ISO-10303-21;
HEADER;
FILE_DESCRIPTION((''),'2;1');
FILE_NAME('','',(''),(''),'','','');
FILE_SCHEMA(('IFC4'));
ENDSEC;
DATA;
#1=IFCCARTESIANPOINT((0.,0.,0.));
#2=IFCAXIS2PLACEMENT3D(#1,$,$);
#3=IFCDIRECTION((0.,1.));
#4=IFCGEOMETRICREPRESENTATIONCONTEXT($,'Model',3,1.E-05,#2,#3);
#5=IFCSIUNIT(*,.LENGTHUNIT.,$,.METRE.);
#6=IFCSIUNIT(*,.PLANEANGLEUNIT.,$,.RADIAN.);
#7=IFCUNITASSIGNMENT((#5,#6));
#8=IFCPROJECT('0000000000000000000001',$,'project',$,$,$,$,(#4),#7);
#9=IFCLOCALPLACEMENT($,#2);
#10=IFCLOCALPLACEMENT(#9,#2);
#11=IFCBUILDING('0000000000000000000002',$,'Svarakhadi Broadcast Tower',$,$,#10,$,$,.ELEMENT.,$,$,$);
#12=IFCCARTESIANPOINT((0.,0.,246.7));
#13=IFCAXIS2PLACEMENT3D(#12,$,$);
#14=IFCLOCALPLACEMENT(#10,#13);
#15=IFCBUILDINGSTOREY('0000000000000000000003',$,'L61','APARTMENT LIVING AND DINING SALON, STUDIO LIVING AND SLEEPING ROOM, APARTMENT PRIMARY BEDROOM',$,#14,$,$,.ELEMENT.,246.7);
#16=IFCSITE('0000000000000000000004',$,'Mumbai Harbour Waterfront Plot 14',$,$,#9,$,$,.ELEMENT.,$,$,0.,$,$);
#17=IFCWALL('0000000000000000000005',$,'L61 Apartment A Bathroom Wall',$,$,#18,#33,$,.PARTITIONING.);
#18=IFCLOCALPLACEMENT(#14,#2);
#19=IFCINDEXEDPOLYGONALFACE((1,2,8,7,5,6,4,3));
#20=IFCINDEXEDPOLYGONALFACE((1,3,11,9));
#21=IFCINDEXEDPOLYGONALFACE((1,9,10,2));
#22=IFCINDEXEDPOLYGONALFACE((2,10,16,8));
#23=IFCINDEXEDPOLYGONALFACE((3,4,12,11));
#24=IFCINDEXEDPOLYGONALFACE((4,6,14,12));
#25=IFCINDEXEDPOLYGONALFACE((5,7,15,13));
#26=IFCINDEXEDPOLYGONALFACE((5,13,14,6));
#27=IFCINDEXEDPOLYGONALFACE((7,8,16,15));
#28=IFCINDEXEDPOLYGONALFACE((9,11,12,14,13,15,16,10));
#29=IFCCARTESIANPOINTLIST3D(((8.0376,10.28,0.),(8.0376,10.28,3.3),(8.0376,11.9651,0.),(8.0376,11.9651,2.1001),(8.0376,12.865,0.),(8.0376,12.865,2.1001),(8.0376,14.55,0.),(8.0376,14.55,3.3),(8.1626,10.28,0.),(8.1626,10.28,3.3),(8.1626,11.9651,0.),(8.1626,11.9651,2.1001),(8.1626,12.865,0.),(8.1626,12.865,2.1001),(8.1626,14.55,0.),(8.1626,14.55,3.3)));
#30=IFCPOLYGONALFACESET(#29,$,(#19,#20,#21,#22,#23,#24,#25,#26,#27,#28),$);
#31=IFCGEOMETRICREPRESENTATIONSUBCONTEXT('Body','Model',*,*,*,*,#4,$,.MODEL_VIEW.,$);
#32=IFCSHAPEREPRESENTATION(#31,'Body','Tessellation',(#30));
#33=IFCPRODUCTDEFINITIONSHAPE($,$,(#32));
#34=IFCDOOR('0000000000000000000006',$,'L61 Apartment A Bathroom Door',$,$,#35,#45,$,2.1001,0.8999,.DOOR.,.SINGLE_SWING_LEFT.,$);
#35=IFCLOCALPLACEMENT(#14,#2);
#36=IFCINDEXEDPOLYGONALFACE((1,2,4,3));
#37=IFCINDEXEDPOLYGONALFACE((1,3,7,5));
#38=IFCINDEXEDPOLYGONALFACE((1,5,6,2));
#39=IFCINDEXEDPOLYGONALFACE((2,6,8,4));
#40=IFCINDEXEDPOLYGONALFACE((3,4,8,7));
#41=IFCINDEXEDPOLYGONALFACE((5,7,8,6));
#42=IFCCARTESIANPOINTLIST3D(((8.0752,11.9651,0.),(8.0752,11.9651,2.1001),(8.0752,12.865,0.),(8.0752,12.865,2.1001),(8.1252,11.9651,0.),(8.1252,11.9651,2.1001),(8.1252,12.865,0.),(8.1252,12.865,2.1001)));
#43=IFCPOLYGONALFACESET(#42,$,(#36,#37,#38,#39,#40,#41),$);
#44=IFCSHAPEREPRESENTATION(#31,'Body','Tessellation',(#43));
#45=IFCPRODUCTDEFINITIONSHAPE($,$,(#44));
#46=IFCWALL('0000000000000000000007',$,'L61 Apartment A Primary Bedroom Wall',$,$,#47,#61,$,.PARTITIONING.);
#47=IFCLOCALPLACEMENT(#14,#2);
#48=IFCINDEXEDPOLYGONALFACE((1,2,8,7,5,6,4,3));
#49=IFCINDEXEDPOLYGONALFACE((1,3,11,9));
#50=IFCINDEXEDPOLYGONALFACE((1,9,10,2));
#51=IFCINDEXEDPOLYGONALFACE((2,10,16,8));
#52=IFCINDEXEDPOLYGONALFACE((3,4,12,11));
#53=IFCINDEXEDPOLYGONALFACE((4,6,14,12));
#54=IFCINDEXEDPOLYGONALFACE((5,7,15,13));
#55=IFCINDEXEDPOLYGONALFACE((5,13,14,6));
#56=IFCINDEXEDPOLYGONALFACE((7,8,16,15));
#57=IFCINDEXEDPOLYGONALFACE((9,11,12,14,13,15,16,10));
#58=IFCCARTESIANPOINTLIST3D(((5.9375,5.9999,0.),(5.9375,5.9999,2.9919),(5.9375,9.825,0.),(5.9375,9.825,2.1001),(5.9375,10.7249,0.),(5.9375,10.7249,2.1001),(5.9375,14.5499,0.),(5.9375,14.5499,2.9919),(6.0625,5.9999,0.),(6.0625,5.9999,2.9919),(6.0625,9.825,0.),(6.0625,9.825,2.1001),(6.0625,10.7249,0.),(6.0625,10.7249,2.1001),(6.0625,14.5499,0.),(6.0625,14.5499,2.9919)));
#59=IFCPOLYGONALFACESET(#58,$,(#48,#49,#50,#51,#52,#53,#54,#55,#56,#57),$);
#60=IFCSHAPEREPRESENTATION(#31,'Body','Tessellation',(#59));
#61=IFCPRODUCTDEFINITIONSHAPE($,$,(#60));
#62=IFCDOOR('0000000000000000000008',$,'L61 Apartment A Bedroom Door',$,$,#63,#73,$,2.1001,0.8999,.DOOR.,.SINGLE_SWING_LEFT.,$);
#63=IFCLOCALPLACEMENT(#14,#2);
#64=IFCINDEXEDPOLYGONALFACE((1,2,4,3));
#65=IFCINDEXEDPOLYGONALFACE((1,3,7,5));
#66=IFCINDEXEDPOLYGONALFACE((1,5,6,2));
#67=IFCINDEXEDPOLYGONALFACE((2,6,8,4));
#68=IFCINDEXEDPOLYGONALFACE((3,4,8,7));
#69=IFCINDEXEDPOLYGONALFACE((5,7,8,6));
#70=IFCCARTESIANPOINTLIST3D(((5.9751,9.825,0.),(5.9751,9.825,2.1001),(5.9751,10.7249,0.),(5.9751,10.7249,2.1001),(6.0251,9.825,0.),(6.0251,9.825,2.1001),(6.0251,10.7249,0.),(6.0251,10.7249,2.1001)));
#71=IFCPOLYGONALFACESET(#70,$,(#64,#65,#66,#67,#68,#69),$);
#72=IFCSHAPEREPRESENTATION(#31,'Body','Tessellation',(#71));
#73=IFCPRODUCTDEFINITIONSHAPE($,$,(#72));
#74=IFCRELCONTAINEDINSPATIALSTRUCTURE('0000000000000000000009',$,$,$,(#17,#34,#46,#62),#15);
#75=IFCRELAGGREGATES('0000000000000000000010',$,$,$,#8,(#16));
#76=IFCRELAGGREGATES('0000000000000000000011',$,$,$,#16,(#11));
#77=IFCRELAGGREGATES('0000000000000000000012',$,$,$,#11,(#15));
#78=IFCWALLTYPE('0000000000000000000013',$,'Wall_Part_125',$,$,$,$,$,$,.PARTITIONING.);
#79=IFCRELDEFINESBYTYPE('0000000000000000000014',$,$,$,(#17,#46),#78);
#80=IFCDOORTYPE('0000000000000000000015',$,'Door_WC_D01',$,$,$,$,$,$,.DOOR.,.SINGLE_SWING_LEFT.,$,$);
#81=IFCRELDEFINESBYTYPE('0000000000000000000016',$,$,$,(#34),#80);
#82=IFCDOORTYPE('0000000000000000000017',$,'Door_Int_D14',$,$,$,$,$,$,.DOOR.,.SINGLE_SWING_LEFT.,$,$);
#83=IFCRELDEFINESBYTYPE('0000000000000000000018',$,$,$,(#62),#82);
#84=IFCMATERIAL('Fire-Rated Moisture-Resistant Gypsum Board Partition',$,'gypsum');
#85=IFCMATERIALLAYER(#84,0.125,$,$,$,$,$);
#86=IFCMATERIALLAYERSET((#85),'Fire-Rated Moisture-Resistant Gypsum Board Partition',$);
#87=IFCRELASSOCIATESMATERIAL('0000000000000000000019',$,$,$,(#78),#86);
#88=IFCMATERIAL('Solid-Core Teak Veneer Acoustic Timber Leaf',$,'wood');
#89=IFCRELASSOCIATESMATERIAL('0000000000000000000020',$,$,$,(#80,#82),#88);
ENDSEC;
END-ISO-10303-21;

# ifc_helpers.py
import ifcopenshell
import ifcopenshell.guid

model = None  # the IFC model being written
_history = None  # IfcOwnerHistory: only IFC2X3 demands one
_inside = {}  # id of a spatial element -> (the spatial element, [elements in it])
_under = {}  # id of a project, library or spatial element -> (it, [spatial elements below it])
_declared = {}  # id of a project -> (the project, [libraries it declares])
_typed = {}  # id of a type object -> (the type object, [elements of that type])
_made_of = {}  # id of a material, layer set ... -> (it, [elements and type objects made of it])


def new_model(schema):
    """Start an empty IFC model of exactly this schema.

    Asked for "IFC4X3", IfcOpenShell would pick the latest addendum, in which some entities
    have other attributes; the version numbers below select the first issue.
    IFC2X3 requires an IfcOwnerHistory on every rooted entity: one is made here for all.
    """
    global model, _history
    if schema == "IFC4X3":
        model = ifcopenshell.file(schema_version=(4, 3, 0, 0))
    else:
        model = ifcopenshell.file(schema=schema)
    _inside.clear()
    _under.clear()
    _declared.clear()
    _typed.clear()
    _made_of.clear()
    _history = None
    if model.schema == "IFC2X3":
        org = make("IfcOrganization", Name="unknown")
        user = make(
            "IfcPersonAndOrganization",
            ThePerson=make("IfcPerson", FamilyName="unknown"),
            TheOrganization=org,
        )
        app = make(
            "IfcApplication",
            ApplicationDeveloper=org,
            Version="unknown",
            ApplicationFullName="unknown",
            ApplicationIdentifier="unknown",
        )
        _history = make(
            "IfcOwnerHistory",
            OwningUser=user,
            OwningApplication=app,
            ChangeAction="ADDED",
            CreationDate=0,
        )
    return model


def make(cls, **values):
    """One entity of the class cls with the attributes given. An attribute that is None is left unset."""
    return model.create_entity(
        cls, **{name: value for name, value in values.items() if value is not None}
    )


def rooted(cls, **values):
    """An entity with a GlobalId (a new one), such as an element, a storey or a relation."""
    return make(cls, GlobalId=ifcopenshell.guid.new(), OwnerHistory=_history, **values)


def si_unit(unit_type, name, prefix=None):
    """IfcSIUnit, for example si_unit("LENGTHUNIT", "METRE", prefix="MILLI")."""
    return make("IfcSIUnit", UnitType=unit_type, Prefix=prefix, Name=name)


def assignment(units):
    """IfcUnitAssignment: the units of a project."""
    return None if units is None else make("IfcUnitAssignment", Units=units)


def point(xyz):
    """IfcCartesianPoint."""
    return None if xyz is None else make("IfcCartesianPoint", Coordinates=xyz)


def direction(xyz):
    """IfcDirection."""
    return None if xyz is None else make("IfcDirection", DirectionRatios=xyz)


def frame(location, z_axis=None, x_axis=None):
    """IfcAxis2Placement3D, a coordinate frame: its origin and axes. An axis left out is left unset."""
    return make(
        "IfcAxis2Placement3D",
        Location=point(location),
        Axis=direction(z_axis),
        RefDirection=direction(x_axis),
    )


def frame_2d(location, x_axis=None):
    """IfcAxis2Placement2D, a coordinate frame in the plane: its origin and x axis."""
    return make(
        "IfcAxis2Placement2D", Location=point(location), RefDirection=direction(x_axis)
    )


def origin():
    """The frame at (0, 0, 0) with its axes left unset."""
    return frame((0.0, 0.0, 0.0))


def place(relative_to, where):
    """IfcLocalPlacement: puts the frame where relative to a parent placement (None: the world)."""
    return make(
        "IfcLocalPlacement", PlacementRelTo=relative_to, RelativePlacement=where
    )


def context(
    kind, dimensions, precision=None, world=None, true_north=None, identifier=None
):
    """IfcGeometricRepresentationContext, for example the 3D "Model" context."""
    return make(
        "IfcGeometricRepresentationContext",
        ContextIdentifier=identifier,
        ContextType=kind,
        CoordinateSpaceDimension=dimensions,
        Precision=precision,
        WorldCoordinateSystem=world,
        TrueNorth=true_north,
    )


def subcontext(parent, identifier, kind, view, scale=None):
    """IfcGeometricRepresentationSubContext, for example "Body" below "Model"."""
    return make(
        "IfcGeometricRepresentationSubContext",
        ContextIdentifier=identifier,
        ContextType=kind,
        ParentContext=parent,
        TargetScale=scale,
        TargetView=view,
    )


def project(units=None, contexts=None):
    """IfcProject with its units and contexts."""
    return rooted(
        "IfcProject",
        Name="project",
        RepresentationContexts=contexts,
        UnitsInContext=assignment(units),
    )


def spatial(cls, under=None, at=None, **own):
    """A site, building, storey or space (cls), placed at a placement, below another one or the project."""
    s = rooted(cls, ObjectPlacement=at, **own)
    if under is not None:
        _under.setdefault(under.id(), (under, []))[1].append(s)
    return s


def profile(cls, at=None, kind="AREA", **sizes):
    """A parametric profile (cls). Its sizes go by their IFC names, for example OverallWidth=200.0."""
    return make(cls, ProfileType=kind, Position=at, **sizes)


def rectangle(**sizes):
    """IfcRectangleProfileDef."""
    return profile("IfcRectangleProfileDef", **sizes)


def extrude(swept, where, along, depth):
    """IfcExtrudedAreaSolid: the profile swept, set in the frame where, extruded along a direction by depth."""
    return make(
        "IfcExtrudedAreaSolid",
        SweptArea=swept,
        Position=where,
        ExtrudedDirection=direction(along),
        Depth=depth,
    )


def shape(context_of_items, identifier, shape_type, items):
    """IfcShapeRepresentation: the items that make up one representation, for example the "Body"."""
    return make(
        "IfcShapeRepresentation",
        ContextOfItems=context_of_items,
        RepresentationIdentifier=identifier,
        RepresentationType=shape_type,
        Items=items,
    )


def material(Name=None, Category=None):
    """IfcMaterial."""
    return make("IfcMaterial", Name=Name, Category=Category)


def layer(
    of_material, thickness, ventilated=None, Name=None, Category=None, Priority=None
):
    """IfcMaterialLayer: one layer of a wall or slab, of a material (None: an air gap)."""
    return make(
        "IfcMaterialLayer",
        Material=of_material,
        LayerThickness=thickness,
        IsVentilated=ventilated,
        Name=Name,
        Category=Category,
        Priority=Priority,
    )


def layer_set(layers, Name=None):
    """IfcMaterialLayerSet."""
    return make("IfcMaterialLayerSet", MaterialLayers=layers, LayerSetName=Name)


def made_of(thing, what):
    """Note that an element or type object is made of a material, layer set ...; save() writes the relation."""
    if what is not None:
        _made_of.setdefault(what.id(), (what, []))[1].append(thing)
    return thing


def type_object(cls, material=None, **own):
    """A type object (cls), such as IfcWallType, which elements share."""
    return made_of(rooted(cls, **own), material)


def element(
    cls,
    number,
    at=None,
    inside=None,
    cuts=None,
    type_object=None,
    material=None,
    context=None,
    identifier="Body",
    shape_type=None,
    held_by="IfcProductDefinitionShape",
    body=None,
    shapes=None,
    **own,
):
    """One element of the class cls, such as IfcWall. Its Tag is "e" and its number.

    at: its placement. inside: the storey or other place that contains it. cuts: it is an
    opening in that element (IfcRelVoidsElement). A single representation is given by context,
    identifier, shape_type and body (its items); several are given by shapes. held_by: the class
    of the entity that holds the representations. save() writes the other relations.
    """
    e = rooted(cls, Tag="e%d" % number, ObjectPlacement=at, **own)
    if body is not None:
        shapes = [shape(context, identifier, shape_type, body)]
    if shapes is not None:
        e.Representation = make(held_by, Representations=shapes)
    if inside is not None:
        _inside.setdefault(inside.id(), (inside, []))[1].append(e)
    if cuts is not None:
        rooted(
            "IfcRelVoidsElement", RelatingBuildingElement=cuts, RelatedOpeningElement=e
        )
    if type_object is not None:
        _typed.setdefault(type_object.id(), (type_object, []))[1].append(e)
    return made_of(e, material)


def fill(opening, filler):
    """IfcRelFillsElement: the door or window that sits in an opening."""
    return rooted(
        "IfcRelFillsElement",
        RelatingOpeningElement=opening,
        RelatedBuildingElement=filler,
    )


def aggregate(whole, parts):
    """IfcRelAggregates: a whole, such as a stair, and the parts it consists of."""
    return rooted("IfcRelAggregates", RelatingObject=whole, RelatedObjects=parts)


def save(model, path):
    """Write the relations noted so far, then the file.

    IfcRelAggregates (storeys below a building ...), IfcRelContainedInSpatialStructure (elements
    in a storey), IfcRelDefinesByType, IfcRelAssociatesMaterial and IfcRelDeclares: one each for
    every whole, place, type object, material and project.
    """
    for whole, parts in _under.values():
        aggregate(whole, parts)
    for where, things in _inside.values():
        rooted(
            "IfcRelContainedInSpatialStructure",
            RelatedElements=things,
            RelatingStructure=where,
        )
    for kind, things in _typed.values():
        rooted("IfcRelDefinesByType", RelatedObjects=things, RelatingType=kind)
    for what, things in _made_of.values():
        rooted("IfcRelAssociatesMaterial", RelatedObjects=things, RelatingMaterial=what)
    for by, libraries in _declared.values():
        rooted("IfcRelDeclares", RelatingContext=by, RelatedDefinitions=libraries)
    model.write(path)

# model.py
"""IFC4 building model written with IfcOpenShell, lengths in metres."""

from ifc_helpers import new_model, si_unit, direction, frame, frame_2d, origin, place, context, subcontext, project, spatial, rectangle, extrude, material, layer, layer_set, type_object, element, fill, save


model = new_model("IFC4")

# Units and contexts
model_context = context("Model", 3, precision=1e-05, world=origin(), true_north=direction((0.0, 1.0)))
body_context = subcontext(model_context, "Body", "Model", "MODEL_VIEW")
ifc_project = project(units=[si_unit("LENGTHUNIT", "METRE"), si_unit("PLANEANGLEUNIT", "RADIAN")], contexts=[model_context])

# Site, building, storey
site_placement = place(None, origin())
site = spatial("IfcSite", under=ifc_project, at=site_placement, Name="Mumbai Harbour Waterfront Plot 14", CompositionType="ELEMENT", RefElevation=0.0)
building_placement = place(site_placement, origin())
building = spatial("IfcBuilding", under=site, at=building_placement, Name="Svarakhadi Broadcast Tower", CompositionType="ELEMENT")
storey_placement = place(building_placement, frame((0.0, 0.0, 246.7)))
storey = spatial("IfcBuildingStorey", under=building, at=storey_placement, Name="L61", Description="APARTMENT LIVING AND DINING SALON, STUDIO LIVING AND SLEEPING ROOM, APARTMENT PRIMARY BEDROOM", CompositionType="ELEMENT", Elevation=246.7)

# Shared definitions
ifc_material_1 = material(Name="Solid-Core Teak Veneer Acoustic Timber Leaf", Category="wood")

# Shared definitions
ifc_material_2 = material(Name="Fire-Rated Moisture-Resistant Gypsum Board Partition", Category="gypsum")
ifc_layer_1 = layer(ifc_material_2, 0.125)
ifc_layer_set_1 = layer_set([ifc_layer_1], Name="Fire-Rated Moisture-Resistant Gypsum Board Partition")
wall_type_1 = type_object("IfcWallType", Name="Wall_Part_125", PredefinedType="PARTITIONING", material=ifc_layer_set_1)

# Walls, openings, doors
wall_1_placement = place(storey_placement, frame((8.1001, 10.28, 0.0), z_axis=(0.0, 0.0, 1.0), x_axis=(0.0, 1.0, 0.0)))
wall_1 = element("IfcWall", 1, at=wall_1_placement, inside=storey, type_object=wall_type_1, Name="L61 Apartment A Bathroom Wall", PredefinedType="PARTITIONING", context=body_context, shape_type="SweptSolid", body=[
    extrude(rectangle(XDim=4.27, YDim=0.125, at=frame_2d((2.135, 0.0))), origin(), (0.0, 0.0, 1.0), 3.3),
])
opening_1_placement = place(wall_1_placement, frame((1.6851, 0.0, 0.0)))
opening_1 = element("IfcOpeningElement", 2, at=opening_1_placement, cuts=wall_1, PredefinedType="OPENING", context=body_context, shape_type="SweptSolid", body=[
    extrude(rectangle(XDim=0.8999, YDim=2.1001, at=frame_2d((0.45, 1.05))), frame((0.0, 0.0725, 0.0), z_axis=(0.0, -1.0, 0.0), x_axis=(1.0, 0.0, 0.0)), (0.0, 0.0, 1.0), 0.145),
])
door_type_1 = type_object("IfcDoorType", Name="Door_WC_D01", OperationType="SINGLE_SWING_LEFT", PredefinedType="DOOR", material=ifc_material_1)
door_1_placement = place(opening_1_placement, origin())
door_1 = element("IfcDoor", 3, at=door_1_placement, inside=storey, type_object=door_type_1, Name="L61 Apartment A Bathroom Door", OperationType="SINGLE_SWING_LEFT", OverallHeight=2.1001, OverallWidth=0.8999, PredefinedType="DOOR", context=body_context, shape_type="SweptSolid", body=[
    extrude(rectangle(XDim=0.8999, YDim=2.1001, at=frame_2d((0.45, 1.05))), frame((0.0, 0.0249, 0.0), z_axis=(0.0, -1.0, 0.0), x_axis=(1.0, 0.0, 0.0)), (0.0, 0.0, 1.0), 0.05),
])
fill(opening_1, door_1)
wall_2_placement = place(storey_placement, frame((6.0, 6.0, 0.0), z_axis=(0.0, 0.0, 1.0), x_axis=(0.0, 1.0, 0.0)))
wall_2 = element("IfcWall", 4, at=wall_2_placement, inside=storey, type_object=wall_type_1, Name="L61 Apartment A Primary Bedroom Wall", PredefinedType="PARTITIONING", context=body_context, shape_type="SweptSolid", body=[
    extrude(rectangle(XDim=8.55, YDim=0.125, at=frame_2d((4.2749, 0.0))), origin(), (0.0, 0.0, 1.0), 2.9919),
])
opening_2_placement = place(wall_2_placement, frame((3.825, 0.0, 0.0)))
opening_2 = element("IfcOpeningElement", 5, at=opening_2_placement, cuts=wall_2, PredefinedType="OPENING", context=body_context, shape_type="SweptSolid", body=[
    extrude(rectangle(XDim=0.8999, YDim=2.1001, at=frame_2d((0.45, 1.05))), frame((0.0, 0.0725, 0.0), z_axis=(0.0, -1.0, 0.0), x_axis=(1.0, 0.0, 0.0)), (0.0, 0.0, 1.0), 0.145),
])
door_type_2 = type_object("IfcDoorType", Name="Door_Int_D14", OperationType="SINGLE_SWING_LEFT", PredefinedType="DOOR", material=ifc_material_1)
door_2_placement = place(opening_2_placement, origin())
door_2 = element("IfcDoor", 6, at=door_2_placement, inside=storey, type_object=door_type_2, Name="L61 Apartment A Bedroom Door", OperationType="SINGLE_SWING_LEFT", OverallHeight=2.1001, OverallWidth=0.8999, PredefinedType="DOOR", context=body_context, shape_type="SweptSolid", body=[
    extrude(rectangle(XDim=0.8999, YDim=2.1001, at=frame_2d((0.45, 1.05))), frame((0.0, 0.0249, 0.0), z_axis=(0.0, -1.0, 0.0), x_axis=(1.0, 0.0, 0.0)), (0.0, 0.0, 1.0), 0.05),
])
fill(opening_2, door_2)

save(model, "model.ifc")
